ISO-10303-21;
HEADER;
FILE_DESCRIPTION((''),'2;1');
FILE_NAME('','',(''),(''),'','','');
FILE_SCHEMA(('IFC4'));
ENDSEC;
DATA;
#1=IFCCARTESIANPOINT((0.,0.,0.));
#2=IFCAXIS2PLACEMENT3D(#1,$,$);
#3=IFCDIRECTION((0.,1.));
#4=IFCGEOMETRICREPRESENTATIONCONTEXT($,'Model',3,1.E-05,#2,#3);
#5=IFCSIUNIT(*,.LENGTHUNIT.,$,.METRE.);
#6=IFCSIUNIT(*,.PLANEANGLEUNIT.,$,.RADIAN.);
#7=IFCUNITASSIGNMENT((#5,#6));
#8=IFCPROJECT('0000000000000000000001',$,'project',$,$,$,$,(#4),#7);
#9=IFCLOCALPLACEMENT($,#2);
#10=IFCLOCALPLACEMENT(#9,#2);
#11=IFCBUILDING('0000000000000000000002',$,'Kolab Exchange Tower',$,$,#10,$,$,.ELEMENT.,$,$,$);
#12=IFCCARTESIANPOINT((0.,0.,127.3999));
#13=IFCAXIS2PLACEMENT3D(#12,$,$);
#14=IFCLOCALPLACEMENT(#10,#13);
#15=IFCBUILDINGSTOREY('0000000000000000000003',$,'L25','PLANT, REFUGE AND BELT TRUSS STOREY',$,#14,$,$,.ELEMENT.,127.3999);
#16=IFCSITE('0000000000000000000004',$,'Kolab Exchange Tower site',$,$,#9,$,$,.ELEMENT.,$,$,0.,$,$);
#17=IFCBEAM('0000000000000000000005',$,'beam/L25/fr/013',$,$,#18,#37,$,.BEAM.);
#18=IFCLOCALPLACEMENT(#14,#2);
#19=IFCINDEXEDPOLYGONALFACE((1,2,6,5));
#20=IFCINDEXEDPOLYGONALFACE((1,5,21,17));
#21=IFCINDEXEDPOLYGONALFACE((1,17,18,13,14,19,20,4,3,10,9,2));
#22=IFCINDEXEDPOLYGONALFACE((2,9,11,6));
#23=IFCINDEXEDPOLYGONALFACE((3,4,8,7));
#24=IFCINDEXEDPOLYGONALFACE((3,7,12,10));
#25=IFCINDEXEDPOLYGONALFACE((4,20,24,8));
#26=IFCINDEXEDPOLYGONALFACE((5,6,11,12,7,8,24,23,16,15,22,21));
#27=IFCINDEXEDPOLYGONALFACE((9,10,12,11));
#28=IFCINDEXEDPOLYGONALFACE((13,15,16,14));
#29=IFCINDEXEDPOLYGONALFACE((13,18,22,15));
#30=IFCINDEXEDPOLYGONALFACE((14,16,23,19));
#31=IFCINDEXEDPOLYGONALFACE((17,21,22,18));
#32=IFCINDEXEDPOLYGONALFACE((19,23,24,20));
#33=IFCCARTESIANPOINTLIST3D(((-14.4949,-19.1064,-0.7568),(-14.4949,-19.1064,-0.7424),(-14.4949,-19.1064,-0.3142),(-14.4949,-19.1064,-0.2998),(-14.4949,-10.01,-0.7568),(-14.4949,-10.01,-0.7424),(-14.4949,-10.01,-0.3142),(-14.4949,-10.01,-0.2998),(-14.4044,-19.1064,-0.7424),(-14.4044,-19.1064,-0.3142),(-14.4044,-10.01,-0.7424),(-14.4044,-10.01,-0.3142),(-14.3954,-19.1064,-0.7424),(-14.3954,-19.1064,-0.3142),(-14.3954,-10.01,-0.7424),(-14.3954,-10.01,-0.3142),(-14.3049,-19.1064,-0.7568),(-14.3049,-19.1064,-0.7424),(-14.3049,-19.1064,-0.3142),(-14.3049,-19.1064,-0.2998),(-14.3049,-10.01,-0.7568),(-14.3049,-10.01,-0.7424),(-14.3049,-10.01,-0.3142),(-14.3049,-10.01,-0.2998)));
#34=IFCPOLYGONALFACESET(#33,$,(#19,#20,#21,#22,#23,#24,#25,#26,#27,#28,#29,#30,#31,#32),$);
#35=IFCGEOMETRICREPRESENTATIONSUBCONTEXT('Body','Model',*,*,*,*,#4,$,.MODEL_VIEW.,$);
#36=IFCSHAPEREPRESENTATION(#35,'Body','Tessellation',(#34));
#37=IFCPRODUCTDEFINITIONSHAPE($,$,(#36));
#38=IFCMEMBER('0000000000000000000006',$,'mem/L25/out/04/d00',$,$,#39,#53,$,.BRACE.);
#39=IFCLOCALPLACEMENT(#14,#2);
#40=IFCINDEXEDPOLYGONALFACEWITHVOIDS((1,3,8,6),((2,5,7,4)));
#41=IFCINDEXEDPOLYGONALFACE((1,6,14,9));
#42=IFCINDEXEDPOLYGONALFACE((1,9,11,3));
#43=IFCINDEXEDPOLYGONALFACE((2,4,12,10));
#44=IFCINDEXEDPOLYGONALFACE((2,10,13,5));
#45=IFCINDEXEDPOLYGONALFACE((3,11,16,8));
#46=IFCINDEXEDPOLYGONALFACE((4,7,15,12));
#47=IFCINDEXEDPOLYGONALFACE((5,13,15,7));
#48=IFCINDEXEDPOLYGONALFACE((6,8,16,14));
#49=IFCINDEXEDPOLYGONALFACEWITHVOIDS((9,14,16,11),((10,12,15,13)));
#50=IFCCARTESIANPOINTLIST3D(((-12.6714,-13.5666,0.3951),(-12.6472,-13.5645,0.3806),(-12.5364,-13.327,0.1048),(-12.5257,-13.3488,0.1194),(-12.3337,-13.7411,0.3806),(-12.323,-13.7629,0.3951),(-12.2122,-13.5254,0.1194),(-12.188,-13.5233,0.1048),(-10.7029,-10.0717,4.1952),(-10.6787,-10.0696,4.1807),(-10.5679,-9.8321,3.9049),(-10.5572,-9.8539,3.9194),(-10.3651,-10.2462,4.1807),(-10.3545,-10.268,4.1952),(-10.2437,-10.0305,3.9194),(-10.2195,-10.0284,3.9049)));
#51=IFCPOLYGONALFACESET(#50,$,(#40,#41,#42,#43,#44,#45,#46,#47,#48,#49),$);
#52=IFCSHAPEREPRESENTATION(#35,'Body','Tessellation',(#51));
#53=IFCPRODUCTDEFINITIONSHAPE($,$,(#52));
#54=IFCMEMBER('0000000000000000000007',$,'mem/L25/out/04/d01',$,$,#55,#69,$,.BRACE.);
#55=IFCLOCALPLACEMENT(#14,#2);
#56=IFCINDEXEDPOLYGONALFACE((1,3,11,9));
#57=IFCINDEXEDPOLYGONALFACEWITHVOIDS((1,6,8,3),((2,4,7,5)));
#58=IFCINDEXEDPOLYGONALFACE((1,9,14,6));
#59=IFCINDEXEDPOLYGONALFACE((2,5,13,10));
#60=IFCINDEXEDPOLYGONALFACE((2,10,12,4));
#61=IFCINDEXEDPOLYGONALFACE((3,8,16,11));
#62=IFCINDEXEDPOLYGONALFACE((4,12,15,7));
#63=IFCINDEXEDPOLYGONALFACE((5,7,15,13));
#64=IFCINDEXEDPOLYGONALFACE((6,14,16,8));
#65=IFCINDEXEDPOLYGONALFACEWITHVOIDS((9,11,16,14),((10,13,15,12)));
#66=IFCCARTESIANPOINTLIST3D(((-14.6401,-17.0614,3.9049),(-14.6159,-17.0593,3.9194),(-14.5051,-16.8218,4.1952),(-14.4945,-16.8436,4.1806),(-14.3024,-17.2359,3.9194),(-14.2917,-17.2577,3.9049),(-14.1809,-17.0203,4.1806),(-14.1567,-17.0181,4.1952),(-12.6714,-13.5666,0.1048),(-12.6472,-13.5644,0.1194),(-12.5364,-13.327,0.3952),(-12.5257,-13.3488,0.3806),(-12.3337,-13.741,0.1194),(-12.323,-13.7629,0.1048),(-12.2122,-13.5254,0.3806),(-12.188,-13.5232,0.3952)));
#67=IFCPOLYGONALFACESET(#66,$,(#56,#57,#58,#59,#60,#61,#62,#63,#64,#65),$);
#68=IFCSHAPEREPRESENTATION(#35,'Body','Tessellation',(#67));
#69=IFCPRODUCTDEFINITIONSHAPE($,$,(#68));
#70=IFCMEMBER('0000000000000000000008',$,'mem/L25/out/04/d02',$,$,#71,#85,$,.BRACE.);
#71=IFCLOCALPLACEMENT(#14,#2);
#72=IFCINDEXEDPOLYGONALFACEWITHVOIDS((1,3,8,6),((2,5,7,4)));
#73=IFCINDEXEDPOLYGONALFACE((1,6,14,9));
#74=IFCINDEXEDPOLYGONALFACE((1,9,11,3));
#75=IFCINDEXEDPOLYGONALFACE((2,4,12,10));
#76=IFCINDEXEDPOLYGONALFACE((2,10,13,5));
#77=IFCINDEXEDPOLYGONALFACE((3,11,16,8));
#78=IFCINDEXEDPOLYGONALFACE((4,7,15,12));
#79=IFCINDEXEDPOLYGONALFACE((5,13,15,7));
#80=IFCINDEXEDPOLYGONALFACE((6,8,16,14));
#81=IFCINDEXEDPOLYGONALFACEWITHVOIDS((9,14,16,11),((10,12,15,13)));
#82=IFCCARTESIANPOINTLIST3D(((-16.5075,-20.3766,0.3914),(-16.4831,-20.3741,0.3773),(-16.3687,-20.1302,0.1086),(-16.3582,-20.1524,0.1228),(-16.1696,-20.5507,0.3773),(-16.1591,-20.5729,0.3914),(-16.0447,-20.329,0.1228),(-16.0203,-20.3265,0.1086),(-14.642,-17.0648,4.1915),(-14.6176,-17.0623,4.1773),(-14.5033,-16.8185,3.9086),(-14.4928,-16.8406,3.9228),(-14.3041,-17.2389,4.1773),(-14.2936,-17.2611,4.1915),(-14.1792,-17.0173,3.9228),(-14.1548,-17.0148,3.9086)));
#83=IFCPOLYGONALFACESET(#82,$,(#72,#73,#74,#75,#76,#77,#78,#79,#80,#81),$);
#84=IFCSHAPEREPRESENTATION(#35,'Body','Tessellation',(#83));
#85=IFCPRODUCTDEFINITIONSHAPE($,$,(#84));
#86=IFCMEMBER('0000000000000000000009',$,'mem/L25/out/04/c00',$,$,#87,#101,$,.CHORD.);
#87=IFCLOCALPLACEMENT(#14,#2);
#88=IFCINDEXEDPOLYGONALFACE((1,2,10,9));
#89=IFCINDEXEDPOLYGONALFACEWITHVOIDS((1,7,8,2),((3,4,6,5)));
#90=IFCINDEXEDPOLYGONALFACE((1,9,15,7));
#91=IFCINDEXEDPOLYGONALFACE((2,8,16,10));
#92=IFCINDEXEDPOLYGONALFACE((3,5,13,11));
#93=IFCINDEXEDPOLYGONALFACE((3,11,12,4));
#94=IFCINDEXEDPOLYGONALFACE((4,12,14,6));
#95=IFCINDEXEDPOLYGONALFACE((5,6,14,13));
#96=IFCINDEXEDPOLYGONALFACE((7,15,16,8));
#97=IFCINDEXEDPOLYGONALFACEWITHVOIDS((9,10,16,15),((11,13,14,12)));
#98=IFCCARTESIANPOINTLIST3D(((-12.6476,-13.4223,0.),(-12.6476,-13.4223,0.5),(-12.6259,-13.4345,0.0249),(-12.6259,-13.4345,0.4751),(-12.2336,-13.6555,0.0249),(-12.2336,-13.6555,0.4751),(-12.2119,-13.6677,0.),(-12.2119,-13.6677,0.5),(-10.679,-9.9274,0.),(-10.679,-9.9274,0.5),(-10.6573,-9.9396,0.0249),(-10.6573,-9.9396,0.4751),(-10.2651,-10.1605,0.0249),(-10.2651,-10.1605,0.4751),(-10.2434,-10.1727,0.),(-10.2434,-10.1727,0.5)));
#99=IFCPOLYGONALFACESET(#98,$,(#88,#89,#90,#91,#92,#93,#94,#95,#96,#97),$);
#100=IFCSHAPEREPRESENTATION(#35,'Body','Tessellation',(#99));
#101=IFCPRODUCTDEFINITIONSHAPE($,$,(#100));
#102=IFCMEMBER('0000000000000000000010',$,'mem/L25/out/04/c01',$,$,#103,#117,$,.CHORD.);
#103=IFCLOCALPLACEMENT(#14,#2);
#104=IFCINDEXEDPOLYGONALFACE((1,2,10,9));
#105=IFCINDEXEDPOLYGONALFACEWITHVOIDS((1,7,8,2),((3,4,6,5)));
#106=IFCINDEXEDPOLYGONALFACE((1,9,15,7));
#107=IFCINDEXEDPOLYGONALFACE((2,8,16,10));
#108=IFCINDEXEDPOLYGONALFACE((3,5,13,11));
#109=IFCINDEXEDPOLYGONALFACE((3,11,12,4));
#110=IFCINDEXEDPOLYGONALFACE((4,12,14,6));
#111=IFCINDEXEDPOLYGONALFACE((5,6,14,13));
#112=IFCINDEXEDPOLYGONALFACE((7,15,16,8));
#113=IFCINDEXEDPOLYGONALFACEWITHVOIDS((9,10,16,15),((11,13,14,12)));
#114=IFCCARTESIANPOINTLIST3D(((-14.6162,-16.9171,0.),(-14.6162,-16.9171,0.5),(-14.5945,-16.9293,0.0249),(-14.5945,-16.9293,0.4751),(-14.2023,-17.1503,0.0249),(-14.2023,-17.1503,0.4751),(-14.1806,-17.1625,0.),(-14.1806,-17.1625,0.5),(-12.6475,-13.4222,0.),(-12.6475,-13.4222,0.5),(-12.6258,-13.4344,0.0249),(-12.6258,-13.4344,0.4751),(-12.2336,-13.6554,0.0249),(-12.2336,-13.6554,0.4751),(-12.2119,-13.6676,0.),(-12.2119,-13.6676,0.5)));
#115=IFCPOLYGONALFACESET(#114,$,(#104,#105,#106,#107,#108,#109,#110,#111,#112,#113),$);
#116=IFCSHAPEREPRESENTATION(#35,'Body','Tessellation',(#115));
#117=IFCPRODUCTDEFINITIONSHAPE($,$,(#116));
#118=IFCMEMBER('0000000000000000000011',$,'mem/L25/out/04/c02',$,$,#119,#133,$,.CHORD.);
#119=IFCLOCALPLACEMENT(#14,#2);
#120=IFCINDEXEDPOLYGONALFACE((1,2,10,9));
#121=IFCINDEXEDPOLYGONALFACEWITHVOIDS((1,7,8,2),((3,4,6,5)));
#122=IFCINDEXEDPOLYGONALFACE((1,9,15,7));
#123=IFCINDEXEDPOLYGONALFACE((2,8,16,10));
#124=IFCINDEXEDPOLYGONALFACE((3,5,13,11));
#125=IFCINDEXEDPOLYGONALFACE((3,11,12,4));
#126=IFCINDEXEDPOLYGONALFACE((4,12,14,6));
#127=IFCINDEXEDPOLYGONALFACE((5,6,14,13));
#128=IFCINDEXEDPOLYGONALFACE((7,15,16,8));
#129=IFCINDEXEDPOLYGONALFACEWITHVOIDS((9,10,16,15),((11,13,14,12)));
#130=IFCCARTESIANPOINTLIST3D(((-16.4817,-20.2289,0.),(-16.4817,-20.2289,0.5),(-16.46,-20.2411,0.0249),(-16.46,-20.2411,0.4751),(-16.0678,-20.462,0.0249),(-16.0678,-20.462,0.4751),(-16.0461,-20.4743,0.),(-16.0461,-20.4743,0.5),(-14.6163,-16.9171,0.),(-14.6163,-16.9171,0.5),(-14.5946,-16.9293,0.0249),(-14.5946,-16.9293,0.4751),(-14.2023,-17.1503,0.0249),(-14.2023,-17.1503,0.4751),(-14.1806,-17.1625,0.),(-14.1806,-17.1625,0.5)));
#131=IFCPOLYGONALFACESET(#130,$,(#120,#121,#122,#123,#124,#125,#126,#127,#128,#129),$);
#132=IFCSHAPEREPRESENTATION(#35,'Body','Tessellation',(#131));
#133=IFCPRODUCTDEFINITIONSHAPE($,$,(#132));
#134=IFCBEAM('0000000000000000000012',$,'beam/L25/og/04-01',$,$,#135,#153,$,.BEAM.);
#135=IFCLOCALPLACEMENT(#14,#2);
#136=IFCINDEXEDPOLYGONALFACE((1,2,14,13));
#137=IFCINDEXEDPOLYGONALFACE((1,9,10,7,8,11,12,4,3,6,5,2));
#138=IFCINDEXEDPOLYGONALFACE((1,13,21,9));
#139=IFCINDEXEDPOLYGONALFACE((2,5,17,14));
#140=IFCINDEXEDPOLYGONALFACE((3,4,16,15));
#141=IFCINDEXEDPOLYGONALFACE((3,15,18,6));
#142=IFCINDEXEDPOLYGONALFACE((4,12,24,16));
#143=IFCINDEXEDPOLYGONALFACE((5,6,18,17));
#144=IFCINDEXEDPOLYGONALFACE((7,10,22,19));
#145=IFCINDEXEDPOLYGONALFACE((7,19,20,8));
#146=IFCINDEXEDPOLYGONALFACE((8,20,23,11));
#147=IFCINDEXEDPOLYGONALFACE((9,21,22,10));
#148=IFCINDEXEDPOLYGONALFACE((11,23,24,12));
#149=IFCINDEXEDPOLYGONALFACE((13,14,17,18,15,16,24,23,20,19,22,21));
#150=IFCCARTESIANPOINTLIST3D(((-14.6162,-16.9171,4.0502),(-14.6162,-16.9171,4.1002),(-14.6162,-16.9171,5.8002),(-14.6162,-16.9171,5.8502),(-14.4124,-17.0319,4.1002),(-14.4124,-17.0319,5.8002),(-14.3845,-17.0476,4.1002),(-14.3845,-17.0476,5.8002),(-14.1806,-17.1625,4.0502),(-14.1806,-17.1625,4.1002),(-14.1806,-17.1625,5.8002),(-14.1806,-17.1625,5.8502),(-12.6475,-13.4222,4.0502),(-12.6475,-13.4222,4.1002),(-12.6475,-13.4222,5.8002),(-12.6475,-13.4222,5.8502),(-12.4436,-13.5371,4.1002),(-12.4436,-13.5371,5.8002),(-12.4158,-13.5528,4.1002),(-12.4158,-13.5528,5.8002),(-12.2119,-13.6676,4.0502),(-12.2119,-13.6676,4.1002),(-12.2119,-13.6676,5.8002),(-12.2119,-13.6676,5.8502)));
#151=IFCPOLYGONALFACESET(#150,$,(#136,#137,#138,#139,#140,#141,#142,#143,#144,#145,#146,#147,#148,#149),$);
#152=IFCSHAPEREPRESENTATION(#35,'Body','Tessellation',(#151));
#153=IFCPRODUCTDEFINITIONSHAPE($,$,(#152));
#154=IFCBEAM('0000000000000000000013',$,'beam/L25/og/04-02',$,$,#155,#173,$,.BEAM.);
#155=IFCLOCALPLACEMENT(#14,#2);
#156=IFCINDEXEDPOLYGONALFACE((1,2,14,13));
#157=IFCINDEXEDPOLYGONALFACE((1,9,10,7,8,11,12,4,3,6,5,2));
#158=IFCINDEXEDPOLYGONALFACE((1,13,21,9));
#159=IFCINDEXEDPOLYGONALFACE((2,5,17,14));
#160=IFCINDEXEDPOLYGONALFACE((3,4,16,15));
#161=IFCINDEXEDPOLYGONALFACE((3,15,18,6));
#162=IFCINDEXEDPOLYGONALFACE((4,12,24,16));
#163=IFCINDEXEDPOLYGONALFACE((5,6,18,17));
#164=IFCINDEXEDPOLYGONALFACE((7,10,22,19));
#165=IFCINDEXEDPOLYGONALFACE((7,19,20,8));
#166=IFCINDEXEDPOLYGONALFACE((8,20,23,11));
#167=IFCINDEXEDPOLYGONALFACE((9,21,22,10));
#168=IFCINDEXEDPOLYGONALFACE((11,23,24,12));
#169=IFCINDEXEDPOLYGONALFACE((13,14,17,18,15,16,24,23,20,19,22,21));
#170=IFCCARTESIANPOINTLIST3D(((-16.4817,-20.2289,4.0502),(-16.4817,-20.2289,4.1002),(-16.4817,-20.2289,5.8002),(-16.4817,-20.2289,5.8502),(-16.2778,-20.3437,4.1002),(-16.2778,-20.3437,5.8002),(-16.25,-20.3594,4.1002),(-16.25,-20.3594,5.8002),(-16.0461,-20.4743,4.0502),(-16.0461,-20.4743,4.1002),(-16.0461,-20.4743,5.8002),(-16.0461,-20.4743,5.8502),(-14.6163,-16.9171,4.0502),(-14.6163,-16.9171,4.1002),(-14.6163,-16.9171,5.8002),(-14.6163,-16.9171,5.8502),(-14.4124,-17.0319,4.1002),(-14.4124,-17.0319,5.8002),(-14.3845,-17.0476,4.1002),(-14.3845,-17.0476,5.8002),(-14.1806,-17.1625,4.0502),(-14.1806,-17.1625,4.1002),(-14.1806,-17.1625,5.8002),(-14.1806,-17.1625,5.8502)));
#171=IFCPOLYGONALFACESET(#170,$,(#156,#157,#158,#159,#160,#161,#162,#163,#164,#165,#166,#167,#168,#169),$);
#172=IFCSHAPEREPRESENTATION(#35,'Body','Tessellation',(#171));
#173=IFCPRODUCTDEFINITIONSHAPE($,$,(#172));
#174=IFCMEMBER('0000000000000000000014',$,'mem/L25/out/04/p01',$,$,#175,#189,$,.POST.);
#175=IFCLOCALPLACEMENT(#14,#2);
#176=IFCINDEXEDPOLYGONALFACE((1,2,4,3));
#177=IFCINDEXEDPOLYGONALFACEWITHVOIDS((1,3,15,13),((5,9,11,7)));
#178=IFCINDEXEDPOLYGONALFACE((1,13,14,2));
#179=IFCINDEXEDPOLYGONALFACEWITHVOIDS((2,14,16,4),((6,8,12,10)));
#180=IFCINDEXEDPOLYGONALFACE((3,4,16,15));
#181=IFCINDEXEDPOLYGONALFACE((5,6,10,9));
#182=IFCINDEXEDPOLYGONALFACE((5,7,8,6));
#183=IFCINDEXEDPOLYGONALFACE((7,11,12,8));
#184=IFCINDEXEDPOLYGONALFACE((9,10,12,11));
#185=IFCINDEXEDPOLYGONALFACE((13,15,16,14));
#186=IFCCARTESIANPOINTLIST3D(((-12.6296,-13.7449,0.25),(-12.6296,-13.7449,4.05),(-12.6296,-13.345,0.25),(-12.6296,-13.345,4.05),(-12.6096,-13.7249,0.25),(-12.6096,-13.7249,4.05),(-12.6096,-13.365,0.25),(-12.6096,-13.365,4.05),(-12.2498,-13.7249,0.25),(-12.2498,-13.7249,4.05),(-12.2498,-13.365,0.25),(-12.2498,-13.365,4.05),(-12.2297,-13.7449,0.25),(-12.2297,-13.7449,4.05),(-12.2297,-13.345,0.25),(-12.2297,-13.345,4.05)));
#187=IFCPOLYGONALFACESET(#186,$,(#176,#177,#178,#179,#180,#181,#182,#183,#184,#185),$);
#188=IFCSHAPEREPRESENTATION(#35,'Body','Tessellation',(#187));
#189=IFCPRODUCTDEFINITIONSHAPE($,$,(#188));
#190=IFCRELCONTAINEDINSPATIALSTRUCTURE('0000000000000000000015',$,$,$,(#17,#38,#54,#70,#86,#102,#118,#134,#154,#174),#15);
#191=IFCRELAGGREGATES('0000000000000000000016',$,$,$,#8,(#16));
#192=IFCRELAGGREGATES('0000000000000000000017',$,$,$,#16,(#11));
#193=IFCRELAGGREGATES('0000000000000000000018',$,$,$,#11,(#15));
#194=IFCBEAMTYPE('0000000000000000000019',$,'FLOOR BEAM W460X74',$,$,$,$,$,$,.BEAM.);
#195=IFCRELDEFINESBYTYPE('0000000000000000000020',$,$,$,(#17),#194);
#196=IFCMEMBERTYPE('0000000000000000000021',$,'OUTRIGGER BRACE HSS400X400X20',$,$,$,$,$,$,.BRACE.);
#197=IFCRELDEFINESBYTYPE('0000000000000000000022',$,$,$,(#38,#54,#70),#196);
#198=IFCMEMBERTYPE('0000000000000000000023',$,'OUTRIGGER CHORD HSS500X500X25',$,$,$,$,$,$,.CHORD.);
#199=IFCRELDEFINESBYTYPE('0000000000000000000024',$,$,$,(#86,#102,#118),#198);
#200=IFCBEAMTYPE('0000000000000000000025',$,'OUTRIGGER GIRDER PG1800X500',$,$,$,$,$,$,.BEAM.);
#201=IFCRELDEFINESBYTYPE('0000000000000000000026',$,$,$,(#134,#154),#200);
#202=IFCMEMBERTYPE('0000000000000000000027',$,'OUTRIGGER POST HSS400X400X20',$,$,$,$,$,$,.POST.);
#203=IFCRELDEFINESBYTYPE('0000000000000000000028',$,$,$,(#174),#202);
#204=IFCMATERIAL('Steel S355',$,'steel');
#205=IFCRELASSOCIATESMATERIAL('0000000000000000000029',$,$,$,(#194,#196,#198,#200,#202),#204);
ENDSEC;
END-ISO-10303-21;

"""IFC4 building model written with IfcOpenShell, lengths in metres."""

from ifc_helpers import new_model, si_unit, direction, frame, origin, origin_2d, place, context, subcontext, project, spatial, hollow_rectangle, i_section, extrude, material, material_profile, profile_set, type_object, element, save


model = new_model("IFC4")

# Units and contexts
model_context = context("Model", 3, precision=1e-05, world=origin(), true_north=direction((0.0, 1.0)))
body_context = subcontext(model_context, "Body", "Model", "MODEL_VIEW")
ifc_project = project(units=[si_unit("LENGTHUNIT", "METRE"), si_unit("PLANEANGLEUNIT", "RADIAN")], contexts=[model_context])

# Site, building, storey
site_placement = place(None, origin())
site = spatial("IfcSite", under=ifc_project, at=site_placement, Name="Kolab Exchange Tower site", CompositionType="ELEMENT", RefElevation=0.0)
building_placement = place(site_placement, origin())
building = spatial("IfcBuilding", under=site, at=building_placement, Name="Kolab Exchange Tower", CompositionType="ELEMENT")
storey_placement = place(building_placement, frame((0.0, 0.0, 127.3999)))
storey = spatial("IfcBuildingStorey", under=building, at=storey_placement, Name="L25", Description="PLANT, REFUGE AND BELT TRUSS STOREY", CompositionType="ELEMENT", Elevation=127.3999)

# Beam
ifc_material_1 = material(Name="Steel S355", Category="steel")
ifc_material_profile_1 = material_profile(ifc_material_1, i_section(OverallWidth=0.1899, OverallDepth=0.457, WebThickness=0.009, FlangeThickness=0.0144, at=origin_2d()), Name="W460X74")
ifc_profile_set_1 = profile_set([ifc_material_profile_1], Name="Steel S355")
beam_type_1 = type_object("IfcBeamType", Name="FLOOR BEAM W460X74", PredefinedType="BEAM", material=ifc_profile_set_1)
beam_1_placement = place(storey_placement, frame((-14.3999, -19.1064, -0.5283), z_axis=(0.0, 1.0, 0.0), x_axis=(-1.0, 0.0, 0.0)))
element("IfcBeam", 1, at=beam_1_placement, inside=storey, type_object=beam_type_1, Name="beam/L25/fr/013", PredefinedType="BEAM", context=body_context, shape_type="SweptSolid", body=[
    extrude(i_section(OverallWidth=0.1899, OverallDepth=0.457, WebThickness=0.009, FlangeThickness=0.0144, at=origin_2d()), origin(), (0.0, 0.0, 1.0), 9.0964),
])

# Members
ifc_material_profile_2 = material_profile(ifc_material_1, hollow_rectangle(XDim=0.3999, YDim=0.3999, WallThickness=0.02, at=origin_2d()), Name="HSS400X400X20")
ifc_profile_set_2 = profile_set([ifc_material_profile_2], Name="Steel S355")
member_type_1 = type_object("IfcMemberType", Name="OUTRIGGER BRACE HSS400X400X20", PredefinedType="BRACE", material=ifc_profile_set_2)
for number, where, z_axis, x_axis, name in (
    (2, (-10.4612, -10.05, 4.05), (-0.356268, -0.632516, -0.687748), (0.871294, -0.490761, 0.0), "mem/L25/out/04/d00"),
    (3, (-12.4297, -13.5449, 0.25), (-0.356306, -0.632506, 0.687737), (0.871268, -0.490807, 0.0), "mem/L25/out/04/d01"),
):
    element("IfcMember", number, at=place(storey_placement, frame(where, z_axis=z_axis, x_axis=x_axis)), inside=storey, type_object=member_type_1, Name=name, PredefinedType="BRACE", context=body_context, shape_type="SweptSolid", body=[
        extrude(hollow_rectangle(XDim=0.3999, YDim=0.3999, WallThickness=0.02, at=origin_2d()), origin(), (0.0, 0.0, 1.0), 5.5254),
    ])
member_1_placement = place(storey_placement, frame((-14.3984, -17.0398, 4.05), z_axis=(-0.34708, -0.616169, -0.707016), x_axis=(0.871282, -0.490783, 0.0)))
element("IfcMember", 4, at=member_1_placement, inside=storey, type_object=member_type_1, Name="mem/L25/out/04/d02", PredefinedType="BRACE", context=body_context, shape_type="SweptSolid", body=[
    extrude(hollow_rectangle(XDim=0.3999, YDim=0.3999, WallThickness=0.02, at=origin_2d()), origin(), (0.0, 0.0, 1.0), 5.3748),
])
ifc_material_profile_3 = material_profile(ifc_material_1, hollow_rectangle(XDim=0.5, YDim=0.5, WallThickness=0.0249, at=origin_2d()), Name="HSS500X500X25")
ifc_profile_set_3 = profile_set([ifc_material_profile_3], Name="Steel S355")
member_type_2 = type_object("IfcMemberType", Name="OUTRIGGER CHORD HSS500X500X25", PredefinedType="CHORD", material=ifc_profile_set_3)
for number, where, z_axis, x_axis, name in (
    (5, (-10.4612, -10.05, 0.25), (-0.490761, -0.871294, 0.0), (0.871294, -0.490761, 0.0), "mem/L25/out/04/c00"),
    (6, (-12.4297, -13.5449, 0.25), (-0.490807, -0.871268, 0.0), (0.871268, -0.490807, 0.0), "mem/L25/out/04/c01"),
):
    element("IfcMember", number, at=place(storey_placement, frame(where, z_axis=z_axis, x_axis=x_axis)), inside=storey, type_object=member_type_2, Name=name, PredefinedType="CHORD", context=body_context, shape_type="SweptSolid", body=[
        extrude(hollow_rectangle(XDim=0.5, YDim=0.5, WallThickness=0.0249, at=origin_2d()), origin(), (0.0, 0.0, 1.0), 4.0112),
    ])
member_2_placement = place(storey_placement, frame((-14.3984, -17.0398, 0.25), z_axis=(-0.490783, -0.871282, 0.0), x_axis=(0.871282, -0.490783, 0.0)))
element("IfcMember", 7, at=member_2_placement, inside=storey, type_object=member_type_2, Name="mem/L25/out/04/c02", PredefinedType="CHORD", context=body_context, shape_type="SweptSolid", body=[
    extrude(hollow_rectangle(XDim=0.5, YDim=0.5, WallThickness=0.0249, at=origin_2d()), origin(), (0.0, 0.0, 1.0), 3.801),
])

# Beams
ifc_material_profile_4 = material_profile(ifc_material_1, i_section(OverallWidth=0.5, OverallDepth=1.8, WebThickness=0.032, FlangeThickness=0.05, at=origin_2d()), Name="PG1800X500")
ifc_profile_set_4 = profile_set([ifc_material_profile_4], Name="Steel S355")
beam_type_2 = type_object("IfcBeamType", Name="OUTRIGGER GIRDER PG1800X500", PredefinedType="BEAM", material=ifc_profile_set_4)
beam_2_placement = place(storey_placement, frame((-12.4297, -13.5449, 4.9502), z_axis=(-0.490807, -0.871268, 0.0), x_axis=(0.871268, -0.490807, 0.0)))
element("IfcBeam", 8, at=beam_2_placement, inside=storey, type_object=beam_type_2, Name="beam/L25/og/04-01", PredefinedType="BEAM", context=body_context, shape_type="SweptSolid", body=[
    extrude(i_section(OverallWidth=0.5, OverallDepth=1.8, WebThickness=0.032, FlangeThickness=0.05, at=origin_2d()), origin(), (0.0, 0.0, 1.0), 4.0112),
])
beam_3_placement = place(storey_placement, frame((-14.3984, -17.0398, 4.9502), z_axis=(-0.490783, -0.871282, 0.0), x_axis=(0.871282, -0.490783, 0.0)))
element("IfcBeam", 9, at=beam_3_placement, inside=storey, type_object=beam_type_2, Name="beam/L25/og/04-02", PredefinedType="BEAM", context=body_context, shape_type="SweptSolid", body=[
    extrude(i_section(OverallWidth=0.5, OverallDepth=1.8, WebThickness=0.032, FlangeThickness=0.05, at=origin_2d()), origin(), (0.0, 0.0, 1.0), 3.801),
])

# Member
ifc_material_profile_5 = material_profile(ifc_material_1, hollow_rectangle(XDim=0.3999, YDim=0.3999, WallThickness=0.02, at=origin_2d()), Name="HSS400X400X20")
ifc_profile_set_5 = profile_set([ifc_material_profile_5], Name="Steel S355")
member_type_3 = type_object("IfcMemberType", Name="OUTRIGGER POST HSS400X400X20", PredefinedType="POST", material=ifc_profile_set_5)
for number, where, z_axis, x_axis, name in (
    (10, (-12.4297, -13.5449, 0.25), (0.0, 0.0, 1.0), (1.0, 0.0, 0.0), "mem/L25/out/04/p01"),
):
    element("IfcMember", number, at=place(storey_placement, frame(where, z_axis=z_axis, x_axis=x_axis)), inside=storey, type_object=member_type_3, Name=name, PredefinedType="POST", context=body_context, shape_type="SweptSolid", body=[
        extrude(hollow_rectangle(XDim=0.3999, YDim=0.3999, WallThickness=0.02, at=origin_2d()), origin(), (0.0, 0.0, 1.0), 3.8),
    ])

save(model, "model.ifc")
